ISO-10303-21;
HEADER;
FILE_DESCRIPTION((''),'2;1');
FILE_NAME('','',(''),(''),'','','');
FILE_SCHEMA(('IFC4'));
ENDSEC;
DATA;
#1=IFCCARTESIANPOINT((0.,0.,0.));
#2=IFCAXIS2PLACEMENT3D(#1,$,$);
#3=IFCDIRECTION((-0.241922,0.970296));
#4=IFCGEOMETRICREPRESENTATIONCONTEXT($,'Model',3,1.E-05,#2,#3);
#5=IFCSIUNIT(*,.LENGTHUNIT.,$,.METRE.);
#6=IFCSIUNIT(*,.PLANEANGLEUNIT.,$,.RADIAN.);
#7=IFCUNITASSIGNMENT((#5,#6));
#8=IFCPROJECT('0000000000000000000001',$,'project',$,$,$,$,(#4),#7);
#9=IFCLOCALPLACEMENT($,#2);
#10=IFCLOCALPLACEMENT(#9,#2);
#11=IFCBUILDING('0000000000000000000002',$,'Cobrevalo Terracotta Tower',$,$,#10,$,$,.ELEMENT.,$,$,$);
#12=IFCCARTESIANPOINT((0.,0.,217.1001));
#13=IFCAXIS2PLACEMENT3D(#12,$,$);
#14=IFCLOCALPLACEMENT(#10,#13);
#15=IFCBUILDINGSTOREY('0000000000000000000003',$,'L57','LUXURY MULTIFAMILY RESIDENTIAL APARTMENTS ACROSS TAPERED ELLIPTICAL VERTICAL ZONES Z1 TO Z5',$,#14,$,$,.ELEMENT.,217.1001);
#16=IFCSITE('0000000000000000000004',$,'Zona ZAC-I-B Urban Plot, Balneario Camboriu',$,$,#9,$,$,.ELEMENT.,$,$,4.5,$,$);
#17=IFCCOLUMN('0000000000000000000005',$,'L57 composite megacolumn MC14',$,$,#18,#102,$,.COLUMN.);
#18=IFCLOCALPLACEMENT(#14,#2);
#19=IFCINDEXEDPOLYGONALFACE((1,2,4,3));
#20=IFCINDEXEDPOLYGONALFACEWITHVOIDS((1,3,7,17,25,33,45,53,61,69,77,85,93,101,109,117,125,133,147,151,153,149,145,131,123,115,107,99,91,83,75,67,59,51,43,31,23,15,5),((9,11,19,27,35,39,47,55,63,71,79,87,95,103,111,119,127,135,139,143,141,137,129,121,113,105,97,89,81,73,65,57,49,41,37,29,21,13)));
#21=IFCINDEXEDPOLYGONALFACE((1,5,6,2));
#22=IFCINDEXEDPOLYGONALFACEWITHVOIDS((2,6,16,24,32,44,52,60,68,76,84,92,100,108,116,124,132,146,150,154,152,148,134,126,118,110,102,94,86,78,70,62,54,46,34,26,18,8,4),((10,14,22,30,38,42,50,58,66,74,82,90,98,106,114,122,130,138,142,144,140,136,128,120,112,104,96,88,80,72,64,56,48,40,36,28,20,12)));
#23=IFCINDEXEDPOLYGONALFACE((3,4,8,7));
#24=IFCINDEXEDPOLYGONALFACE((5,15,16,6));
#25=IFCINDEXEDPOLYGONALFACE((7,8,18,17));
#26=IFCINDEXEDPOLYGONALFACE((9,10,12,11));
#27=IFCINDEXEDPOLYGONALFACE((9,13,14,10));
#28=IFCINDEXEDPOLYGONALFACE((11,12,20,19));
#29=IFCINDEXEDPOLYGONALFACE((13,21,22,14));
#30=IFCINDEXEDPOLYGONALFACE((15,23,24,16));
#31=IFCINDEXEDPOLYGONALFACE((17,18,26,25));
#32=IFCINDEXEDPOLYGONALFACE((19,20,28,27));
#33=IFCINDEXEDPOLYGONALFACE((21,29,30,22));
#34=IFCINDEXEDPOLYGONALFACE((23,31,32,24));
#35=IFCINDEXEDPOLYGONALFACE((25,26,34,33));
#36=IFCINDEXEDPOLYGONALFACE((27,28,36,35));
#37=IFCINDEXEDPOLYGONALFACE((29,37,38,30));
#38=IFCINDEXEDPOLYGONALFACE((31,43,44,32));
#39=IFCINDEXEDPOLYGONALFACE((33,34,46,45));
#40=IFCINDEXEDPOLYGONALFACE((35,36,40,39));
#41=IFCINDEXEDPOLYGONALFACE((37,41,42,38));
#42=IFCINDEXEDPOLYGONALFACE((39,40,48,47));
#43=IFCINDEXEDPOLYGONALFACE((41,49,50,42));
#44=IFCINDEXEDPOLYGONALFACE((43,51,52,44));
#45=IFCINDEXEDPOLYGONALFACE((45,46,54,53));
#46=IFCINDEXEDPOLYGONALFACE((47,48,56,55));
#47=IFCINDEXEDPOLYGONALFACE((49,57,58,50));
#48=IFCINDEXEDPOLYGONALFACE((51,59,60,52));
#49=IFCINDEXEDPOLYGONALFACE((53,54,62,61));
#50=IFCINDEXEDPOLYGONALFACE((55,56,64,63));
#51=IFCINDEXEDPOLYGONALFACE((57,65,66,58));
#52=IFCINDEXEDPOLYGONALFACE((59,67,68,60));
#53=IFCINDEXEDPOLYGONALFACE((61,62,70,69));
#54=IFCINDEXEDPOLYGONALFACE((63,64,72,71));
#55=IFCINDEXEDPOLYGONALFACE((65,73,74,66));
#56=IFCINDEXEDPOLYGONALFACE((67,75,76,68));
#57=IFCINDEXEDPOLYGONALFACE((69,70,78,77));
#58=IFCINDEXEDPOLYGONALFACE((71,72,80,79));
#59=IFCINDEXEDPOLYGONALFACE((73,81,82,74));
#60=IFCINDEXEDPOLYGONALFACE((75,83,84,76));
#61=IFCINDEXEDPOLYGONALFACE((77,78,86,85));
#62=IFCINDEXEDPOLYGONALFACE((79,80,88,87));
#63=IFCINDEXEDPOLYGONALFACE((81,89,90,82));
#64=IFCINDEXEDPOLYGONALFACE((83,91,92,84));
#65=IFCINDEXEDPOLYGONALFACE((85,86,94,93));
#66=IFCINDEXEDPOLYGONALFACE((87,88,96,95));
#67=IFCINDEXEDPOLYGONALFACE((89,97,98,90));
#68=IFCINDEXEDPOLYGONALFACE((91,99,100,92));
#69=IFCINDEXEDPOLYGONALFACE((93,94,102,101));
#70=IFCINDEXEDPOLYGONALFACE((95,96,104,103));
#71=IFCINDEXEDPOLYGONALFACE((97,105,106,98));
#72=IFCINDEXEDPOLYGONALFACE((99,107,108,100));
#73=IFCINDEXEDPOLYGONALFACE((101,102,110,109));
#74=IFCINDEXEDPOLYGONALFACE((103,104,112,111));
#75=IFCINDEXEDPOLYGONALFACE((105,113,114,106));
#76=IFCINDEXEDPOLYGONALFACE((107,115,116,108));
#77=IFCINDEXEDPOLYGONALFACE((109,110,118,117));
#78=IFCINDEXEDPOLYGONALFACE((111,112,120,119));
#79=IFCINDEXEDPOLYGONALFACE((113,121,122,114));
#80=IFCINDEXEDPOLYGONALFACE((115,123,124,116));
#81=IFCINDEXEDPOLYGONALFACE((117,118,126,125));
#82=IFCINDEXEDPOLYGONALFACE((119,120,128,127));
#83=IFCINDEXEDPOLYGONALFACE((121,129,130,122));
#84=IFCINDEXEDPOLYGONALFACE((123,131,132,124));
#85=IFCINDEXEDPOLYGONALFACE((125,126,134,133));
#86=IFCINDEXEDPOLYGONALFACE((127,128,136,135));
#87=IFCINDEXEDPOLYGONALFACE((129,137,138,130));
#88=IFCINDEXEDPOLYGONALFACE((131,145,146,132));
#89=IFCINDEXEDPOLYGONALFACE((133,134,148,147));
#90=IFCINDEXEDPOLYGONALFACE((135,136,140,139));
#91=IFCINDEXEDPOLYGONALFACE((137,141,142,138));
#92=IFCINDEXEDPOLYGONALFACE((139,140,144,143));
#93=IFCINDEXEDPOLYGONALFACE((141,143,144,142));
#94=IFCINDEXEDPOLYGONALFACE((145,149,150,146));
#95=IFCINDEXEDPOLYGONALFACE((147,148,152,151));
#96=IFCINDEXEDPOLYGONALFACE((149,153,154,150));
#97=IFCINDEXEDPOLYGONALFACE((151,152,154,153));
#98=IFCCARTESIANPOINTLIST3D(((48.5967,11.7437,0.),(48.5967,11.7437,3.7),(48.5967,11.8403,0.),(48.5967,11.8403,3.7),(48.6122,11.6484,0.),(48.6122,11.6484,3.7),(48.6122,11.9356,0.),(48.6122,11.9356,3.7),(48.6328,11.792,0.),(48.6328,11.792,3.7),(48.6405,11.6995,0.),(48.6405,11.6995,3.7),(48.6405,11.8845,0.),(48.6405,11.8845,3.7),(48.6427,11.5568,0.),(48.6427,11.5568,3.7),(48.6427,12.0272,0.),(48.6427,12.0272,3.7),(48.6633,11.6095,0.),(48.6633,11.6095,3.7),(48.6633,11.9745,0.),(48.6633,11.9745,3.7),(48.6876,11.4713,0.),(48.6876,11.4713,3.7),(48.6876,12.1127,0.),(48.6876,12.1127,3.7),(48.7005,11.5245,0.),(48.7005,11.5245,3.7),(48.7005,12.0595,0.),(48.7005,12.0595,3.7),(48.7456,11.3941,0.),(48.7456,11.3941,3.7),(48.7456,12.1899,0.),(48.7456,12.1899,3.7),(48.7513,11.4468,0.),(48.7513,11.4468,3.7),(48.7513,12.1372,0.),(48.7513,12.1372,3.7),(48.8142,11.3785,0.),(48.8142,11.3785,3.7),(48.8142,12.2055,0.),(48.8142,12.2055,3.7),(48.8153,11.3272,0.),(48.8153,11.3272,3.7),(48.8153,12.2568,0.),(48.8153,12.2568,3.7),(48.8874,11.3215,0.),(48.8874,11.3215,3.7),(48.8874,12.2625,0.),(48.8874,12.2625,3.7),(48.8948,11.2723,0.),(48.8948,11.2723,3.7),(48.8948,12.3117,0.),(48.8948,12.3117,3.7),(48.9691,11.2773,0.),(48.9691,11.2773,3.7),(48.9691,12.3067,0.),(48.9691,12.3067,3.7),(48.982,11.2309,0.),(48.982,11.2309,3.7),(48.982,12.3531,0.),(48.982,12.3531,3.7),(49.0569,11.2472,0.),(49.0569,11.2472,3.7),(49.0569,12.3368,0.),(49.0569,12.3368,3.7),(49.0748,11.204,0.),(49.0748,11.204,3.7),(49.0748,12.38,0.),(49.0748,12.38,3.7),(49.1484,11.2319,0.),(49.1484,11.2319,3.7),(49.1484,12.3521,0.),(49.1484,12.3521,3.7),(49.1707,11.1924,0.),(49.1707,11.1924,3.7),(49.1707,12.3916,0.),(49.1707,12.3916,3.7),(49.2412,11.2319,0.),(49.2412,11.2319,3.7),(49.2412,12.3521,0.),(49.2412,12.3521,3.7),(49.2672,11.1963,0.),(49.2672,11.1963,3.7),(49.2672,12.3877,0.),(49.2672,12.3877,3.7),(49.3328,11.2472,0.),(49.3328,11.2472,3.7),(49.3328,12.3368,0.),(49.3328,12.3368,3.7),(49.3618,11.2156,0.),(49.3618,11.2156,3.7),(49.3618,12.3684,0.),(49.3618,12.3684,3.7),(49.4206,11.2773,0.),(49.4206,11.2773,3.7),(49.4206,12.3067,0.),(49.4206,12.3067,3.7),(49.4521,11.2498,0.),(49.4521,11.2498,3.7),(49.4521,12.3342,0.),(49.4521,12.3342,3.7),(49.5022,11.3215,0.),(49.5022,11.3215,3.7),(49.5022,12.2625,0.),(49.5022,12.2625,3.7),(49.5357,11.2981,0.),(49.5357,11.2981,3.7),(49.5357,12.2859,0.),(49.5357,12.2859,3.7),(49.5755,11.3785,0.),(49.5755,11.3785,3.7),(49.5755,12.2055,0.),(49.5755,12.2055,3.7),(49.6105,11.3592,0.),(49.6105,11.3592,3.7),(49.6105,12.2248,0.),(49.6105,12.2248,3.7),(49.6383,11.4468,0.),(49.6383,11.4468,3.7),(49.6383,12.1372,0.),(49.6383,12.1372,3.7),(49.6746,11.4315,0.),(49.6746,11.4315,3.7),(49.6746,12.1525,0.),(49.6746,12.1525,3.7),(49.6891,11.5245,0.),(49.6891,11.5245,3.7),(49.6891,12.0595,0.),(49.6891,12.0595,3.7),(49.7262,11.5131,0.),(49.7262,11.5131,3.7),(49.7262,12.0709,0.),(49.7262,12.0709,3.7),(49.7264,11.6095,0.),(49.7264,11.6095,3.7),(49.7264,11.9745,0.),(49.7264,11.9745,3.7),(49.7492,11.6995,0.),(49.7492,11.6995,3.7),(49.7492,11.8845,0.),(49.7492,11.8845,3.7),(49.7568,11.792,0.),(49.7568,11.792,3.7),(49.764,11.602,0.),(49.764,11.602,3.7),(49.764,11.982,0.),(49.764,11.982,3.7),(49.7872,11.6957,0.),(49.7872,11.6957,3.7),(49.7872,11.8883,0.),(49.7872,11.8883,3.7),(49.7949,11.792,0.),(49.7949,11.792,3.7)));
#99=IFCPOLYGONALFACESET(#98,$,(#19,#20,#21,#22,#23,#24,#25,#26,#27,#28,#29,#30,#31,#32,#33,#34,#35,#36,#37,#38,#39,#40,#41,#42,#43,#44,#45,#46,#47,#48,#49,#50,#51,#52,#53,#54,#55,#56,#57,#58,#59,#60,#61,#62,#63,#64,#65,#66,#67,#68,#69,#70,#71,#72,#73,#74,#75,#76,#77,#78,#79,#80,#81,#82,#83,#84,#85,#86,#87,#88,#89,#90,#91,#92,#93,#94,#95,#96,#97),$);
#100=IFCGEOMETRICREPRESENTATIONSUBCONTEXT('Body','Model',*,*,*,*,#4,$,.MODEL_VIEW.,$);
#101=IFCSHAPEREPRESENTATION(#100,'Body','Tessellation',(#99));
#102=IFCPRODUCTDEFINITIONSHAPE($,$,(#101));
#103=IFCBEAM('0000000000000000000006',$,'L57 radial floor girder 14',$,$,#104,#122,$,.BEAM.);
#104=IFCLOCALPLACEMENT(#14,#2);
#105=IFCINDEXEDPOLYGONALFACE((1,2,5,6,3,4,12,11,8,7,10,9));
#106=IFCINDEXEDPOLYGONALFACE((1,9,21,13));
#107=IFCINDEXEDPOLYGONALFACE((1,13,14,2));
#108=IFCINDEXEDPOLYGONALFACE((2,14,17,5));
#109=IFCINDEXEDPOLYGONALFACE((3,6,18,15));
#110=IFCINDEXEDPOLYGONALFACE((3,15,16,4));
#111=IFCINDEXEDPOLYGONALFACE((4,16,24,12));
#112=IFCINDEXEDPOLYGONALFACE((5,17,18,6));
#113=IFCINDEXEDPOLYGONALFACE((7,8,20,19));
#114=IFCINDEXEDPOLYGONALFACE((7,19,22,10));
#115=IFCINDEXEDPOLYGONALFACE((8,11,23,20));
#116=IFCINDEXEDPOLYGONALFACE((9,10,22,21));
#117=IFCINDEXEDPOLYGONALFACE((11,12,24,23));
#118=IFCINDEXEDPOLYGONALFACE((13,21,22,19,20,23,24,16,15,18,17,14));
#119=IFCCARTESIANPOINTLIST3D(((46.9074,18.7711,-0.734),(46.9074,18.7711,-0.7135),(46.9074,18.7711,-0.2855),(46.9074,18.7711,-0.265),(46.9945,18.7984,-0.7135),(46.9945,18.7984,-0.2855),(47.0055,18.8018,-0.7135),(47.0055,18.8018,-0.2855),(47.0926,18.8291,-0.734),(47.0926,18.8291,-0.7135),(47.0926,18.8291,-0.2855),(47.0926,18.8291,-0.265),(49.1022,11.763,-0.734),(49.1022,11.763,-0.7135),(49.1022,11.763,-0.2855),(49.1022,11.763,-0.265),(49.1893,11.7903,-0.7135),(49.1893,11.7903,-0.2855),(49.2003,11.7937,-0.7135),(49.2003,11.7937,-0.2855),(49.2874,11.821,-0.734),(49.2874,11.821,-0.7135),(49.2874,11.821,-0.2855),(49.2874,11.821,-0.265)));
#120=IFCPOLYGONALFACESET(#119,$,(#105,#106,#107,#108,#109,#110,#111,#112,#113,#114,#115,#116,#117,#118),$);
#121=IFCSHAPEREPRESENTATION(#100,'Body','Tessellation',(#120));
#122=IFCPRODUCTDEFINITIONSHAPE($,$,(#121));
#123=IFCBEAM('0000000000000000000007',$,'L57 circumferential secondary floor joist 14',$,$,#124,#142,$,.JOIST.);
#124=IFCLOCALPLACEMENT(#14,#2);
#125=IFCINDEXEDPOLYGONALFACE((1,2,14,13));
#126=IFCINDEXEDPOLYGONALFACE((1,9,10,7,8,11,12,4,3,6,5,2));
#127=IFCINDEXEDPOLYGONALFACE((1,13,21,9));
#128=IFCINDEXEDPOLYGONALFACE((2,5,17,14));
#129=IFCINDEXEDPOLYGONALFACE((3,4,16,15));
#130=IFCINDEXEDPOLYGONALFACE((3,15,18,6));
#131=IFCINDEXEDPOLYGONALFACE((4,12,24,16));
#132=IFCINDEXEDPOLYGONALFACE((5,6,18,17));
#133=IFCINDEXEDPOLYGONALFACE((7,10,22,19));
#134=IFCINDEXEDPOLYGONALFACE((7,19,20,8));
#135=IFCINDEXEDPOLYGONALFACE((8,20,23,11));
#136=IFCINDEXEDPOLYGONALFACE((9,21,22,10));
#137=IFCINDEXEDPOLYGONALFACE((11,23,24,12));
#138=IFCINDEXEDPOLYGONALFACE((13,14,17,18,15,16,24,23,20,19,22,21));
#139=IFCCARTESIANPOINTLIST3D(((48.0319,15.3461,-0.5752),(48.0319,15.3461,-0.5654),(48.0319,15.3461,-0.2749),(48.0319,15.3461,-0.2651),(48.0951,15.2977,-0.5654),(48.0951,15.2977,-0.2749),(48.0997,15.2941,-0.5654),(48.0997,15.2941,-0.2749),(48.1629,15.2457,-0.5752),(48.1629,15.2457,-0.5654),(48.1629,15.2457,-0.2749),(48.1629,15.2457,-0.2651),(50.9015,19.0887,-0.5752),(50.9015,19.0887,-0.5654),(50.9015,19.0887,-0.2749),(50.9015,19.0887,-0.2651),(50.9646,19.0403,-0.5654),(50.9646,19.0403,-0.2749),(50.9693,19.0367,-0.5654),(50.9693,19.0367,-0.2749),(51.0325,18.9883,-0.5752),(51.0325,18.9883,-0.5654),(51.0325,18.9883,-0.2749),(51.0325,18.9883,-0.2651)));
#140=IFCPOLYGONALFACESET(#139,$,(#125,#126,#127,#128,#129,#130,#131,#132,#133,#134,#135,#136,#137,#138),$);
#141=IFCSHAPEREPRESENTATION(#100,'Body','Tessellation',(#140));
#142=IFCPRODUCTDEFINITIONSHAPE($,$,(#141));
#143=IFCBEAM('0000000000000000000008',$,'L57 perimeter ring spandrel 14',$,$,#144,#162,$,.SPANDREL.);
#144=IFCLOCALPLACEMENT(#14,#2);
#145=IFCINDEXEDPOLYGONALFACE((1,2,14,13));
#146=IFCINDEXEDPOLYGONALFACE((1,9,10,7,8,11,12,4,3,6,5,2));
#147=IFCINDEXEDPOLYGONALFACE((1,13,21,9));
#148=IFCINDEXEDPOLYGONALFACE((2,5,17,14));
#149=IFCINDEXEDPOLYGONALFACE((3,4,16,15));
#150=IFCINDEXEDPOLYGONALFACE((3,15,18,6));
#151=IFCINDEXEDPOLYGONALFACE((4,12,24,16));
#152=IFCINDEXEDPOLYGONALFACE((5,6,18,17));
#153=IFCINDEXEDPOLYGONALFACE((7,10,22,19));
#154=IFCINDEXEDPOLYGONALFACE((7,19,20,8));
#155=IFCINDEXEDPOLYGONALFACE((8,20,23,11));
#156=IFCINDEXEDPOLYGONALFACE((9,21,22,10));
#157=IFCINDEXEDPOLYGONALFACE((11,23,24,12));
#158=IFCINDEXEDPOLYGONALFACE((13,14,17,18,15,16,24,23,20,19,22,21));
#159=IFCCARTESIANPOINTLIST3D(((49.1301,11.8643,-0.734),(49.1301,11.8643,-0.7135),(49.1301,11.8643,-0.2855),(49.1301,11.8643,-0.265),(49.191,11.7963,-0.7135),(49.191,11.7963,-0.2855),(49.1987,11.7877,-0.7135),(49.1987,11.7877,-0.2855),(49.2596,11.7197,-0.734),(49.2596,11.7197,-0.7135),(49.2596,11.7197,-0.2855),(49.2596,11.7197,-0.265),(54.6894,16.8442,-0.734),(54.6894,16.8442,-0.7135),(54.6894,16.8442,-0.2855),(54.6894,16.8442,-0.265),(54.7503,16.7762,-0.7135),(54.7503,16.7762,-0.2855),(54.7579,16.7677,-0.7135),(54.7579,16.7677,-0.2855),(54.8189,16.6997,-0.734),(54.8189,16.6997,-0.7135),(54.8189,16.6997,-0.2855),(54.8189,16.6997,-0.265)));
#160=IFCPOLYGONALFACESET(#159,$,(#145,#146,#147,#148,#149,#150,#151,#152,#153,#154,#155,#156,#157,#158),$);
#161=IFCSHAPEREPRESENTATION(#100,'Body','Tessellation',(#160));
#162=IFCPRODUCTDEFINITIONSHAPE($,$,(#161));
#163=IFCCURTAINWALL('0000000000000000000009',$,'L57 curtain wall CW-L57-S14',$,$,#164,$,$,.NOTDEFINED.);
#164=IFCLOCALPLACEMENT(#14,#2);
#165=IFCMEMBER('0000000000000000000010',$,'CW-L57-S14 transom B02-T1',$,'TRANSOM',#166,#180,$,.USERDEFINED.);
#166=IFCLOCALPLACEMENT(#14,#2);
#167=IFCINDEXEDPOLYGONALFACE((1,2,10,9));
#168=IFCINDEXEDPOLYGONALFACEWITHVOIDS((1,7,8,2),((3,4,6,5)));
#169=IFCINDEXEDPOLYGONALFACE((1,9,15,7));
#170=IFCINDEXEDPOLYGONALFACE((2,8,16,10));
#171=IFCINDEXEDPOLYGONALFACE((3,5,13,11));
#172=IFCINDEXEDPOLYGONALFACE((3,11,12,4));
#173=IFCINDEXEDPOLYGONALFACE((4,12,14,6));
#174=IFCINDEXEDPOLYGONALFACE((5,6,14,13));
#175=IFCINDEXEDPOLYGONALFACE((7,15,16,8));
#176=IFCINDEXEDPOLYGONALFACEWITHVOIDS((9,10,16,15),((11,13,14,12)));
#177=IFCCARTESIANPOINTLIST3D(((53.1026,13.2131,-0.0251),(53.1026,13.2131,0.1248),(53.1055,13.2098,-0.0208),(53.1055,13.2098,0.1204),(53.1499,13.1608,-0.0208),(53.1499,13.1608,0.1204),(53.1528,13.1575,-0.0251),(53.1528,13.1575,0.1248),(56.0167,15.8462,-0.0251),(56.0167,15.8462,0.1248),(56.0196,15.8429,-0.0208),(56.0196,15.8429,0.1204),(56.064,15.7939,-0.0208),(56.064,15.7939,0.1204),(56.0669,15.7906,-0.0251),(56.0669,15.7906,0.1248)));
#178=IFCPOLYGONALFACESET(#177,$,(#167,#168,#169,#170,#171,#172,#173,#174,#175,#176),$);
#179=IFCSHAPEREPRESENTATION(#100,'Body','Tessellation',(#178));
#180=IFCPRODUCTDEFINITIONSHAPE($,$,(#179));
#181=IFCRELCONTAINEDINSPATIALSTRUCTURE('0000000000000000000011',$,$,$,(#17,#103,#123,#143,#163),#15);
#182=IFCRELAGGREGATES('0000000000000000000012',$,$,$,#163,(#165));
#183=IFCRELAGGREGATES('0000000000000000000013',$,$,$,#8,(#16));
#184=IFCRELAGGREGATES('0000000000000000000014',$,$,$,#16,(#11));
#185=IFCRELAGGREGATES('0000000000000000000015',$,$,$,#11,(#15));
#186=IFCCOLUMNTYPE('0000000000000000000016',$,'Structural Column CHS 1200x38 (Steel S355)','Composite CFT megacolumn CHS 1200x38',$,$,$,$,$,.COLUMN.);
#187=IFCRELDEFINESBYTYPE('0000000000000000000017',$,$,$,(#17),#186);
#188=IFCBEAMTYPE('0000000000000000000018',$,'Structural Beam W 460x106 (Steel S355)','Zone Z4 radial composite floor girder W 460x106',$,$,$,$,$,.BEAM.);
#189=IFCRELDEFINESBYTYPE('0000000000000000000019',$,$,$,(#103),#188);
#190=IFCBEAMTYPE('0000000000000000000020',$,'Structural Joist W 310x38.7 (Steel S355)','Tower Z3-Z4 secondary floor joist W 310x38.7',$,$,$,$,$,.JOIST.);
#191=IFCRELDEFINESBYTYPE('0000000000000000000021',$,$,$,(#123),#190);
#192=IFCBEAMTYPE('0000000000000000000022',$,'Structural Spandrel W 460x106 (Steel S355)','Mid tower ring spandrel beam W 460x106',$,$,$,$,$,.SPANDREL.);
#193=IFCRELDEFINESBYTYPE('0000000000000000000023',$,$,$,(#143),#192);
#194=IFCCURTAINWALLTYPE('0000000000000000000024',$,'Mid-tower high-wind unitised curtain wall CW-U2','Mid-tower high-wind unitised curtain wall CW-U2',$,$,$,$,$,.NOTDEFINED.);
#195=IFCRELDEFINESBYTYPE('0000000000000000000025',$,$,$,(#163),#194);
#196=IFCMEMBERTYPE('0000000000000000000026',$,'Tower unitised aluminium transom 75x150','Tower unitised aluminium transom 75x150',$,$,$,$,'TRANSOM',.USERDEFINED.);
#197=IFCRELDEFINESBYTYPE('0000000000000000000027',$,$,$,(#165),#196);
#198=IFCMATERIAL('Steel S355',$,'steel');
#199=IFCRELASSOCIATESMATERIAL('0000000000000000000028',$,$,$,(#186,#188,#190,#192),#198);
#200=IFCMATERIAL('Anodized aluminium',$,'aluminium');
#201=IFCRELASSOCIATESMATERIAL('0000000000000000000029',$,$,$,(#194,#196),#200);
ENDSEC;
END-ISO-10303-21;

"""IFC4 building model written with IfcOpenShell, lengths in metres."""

from ifc_helpers import new_model, si_unit, direction, frame, origin, origin_2d, place, context, subcontext, project, spatial, hollow_rectangle, hollow_circle, i_section, extrude, source, transform, mapped, material, material_profile, profile_set, type_object, element, aggregate, save


model = new_model("IFC4")

# Units and contexts
model_context = context("Model", 3, precision=1e-05, world=origin(), true_north=direction((-0.241922, 0.970296)))
body_context = subcontext(model_context, "Body", "Model", "MODEL_VIEW")
ifc_project = project(units=[si_unit("LENGTHUNIT", "METRE"), si_unit("PLANEANGLEUNIT", "RADIAN")], contexts=[model_context])

# Site, building, storey
site_placement = place(None, origin())
site = spatial("IfcSite", under=ifc_project, at=site_placement, Name="Zona ZAC-I-B Urban Plot, Balneario Camboriu", CompositionType="ELEMENT", RefElevation=4.5)
building_placement = place(site_placement, origin())
building = spatial("IfcBuilding", under=site, at=building_placement, Name="Cobrevalo Terracotta Tower", CompositionType="ELEMENT")
storey_placement = place(building_placement, frame((0.0, 0.0, 217.1001)))
storey = spatial("IfcBuildingStorey", under=building, at=storey_placement, Name="L57", Description="LUXURY MULTIFAMILY RESIDENTIAL APARTMENTS ACROSS TAPERED ELLIPTICAL VERTICAL ZONES Z1 TO Z5", CompositionType="ELEMENT", Elevation=217.1001)

# Column
ifc_material_1 = material(Name="Steel S355", Category="steel")
ifc_material_profile_1 = material_profile(ifc_material_1, hollow_circle(Radius=0.6001, WallThickness=0.0381, at=origin_2d()), Name="CHS 1200x38")
ifc_profile_set_1 = profile_set([ifc_material_profile_1], Name="Steel S355")
column_type = type_object("IfcColumnType", Name="Structural Column CHS 1200x38 (Steel S355)", Description="Composite CFT megacolumn CHS 1200x38", PredefinedType="COLUMN", material=ifc_profile_set_1)
column_placement = place(storey_placement, frame((49.1948, 11.792, 0.0), z_axis=(0.0, 0.0, 1.0), x_axis=(1.0, 0.0, 0.0)))
element("IfcColumn", 1, at=column_placement, inside=storey, type_object=column_type, Name="L57 composite megacolumn MC14", PredefinedType="COLUMN", context=body_context, shape_type="SweptSolid", body=[
    extrude(hollow_circle(Radius=0.6001, WallThickness=0.0381, at=origin_2d()), origin(), (0.0, 0.0, 1.0), 3.7),
])

# Beams
ifc_material_profile_2 = material_profile(ifc_material_1, i_section(OverallWidth=0.1941, OverallDepth=0.469, WebThickness=0.0115, FlangeThickness=0.0205, at=origin_2d()), Name="W 460x106")
ifc_profile_set_2 = profile_set([ifc_material_profile_2], Name="Steel S355")
beam_type_1 = type_object("IfcBeamType", Name="Structural Beam W 460x106 (Steel S355)", Description="Zone Z4 radial composite floor girder W 460x106", PredefinedType="BEAM", material=ifc_profile_set_2)
beam_1_placement = place(storey_placement, frame((49.1948, 11.792, -0.4995), z_axis=(-0.298871, 0.954293, 0.0), x_axis=(-0.954293, -0.298871, 0.0)))
element("IfcBeam", 2, at=beam_1_placement, inside=storey, type_object=beam_type_1, Name="L57 radial floor girder 14", PredefinedType="BEAM", context=body_context, shape_type="SweptSolid", body=[
    extrude(i_section(OverallWidth=0.1941, OverallDepth=0.469, WebThickness=0.0115, FlangeThickness=0.0205, at=origin_2d()), origin(), (0.0, 0.0, 1.0), 7.3438),
])
ifc_material_profile_3 = material_profile(ifc_material_1, i_section(OverallWidth=0.165, OverallDepth=0.3101, WebThickness=0.0059, FlangeThickness=0.0098, at=origin_2d()), Name="W 310x38.7")
ifc_profile_set_3 = profile_set([ifc_material_profile_3], Name="Steel S355")
beam_type_2 = type_object("IfcBeamType", Name="Structural Joist W 310x38.7 (Steel S355)", Description="Tower Z3-Z4 secondary floor joist W 310x38.7", PredefinedType="JOIST", material=ifc_profile_set_3)
beam_2_placement = place(storey_placement, frame((48.0974, 15.2959, -0.4202), z_axis=(0.608464, 0.793581, 0.0), x_axis=(-0.793581, 0.608464, 0.0)))
element("IfcBeam", 3, at=beam_2_placement, inside=storey, type_object=beam_type_2, Name="L57 circumferential secondary floor joist 14", PredefinedType="JOIST", context=body_context, shape_type="SweptSolid", body=[
    extrude(i_section(OverallWidth=0.165, OverallDepth=0.3101, WebThickness=0.0059, FlangeThickness=0.0098, at=origin_2d()), origin(), (0.0, 0.0, 1.0), 4.7161),
])
ifc_material_profile_4 = material_profile(ifc_material_1, i_section(OverallWidth=0.1941, OverallDepth=0.469, WebThickness=0.0115, FlangeThickness=0.0205, at=origin_2d()), Name="W 460x106")
ifc_profile_set_4 = profile_set([ifc_material_profile_4], Name="Steel S355")
beam_type_3 = type_object("IfcBeamType", Name="Structural Spandrel W 460x106 (Steel S355)", Description="Mid tower ring spandrel beam W 460x106", PredefinedType="SPANDREL", material=ifc_profile_set_4)
beam_3_placement = place(storey_placement, frame((49.1948, 11.792, -0.4995), z_axis=(0.744852, 0.66723, 0.0), x_axis=(-0.66723, 0.744852, 0.0)))
element("IfcBeam", 4, at=beam_3_placement, inside=storey, type_object=beam_type_3, Name="L57 perimeter ring spandrel 14", PredefinedType="SPANDREL", context=body_context, shape_type="SweptSolid", body=[
    extrude(i_section(OverallWidth=0.1941, OverallDepth=0.469, WebThickness=0.0115, FlangeThickness=0.0205, at=origin_2d()), origin(), (0.0, 0.0, 1.0), 7.4636),
])

# Curtain wall, member
ifc_material_2 = material(Name="Anodized aluminium", Category="aluminium")
curtain_wall_type = type_object("IfcCurtainWallType", Name="Mid-tower high-wind unitised curtain wall CW-U2", Description="Mid-tower high-wind unitised curtain wall CW-U2", PredefinedType="NOTDEFINED", material=ifc_material_2)
curtain_wall_1_placement = place(storey_placement, origin())
curtain_wall_1 = element("IfcCurtainWall", 5, at=curtain_wall_1_placement, inside=storey, type_object=curtain_wall_type, Name="L57 curtain wall CW-L57-S14", PredefinedType="NOTDEFINED")
ifc_material_profile_5 = material_profile(ifc_material_2, hollow_rectangle(XDim=0.075, YDim=0.1499, WallThickness=0.0044, at=origin_2d()), Name="CWT 75x150")
ifc_profile_set_5 = profile_set([ifc_material_profile_5], Name="Anodized aluminium")
member_type_1 = type_object("IfcMemberType", Name="Tower unitised aluminium transom 75x150", Description="Tower unitised aluminium transom 75x150", ElementType="TRANSOM", PredefinedType="USERDEFINED", material=ifc_profile_set_5)
shared_shape_1 = source(origin(), body_context, "Body", "SweptSolid", [
    extrude(hollow_rectangle(XDim=0.075, YDim=0.1499, WallThickness=0.0044, at=origin_2d()), origin(), (0.0, 0.0, 1.0), 3.9275),
])
member_1_placement = place(storey_placement, frame((53.1277, 13.1853, 0.0498), z_axis=(0.741976, 0.670426, 0.0), x_axis=(-0.670426, 0.741976, 0.0)))
member_1 = element("IfcMember", 6, at=member_1_placement, type_object=member_type_1, Name="CW-L57-S14 transom B02-T1", ObjectType="TRANSOM", PredefinedType="USERDEFINED", context=body_context, shape_type="MappedRepresentation", body=[
    mapped(shared_shape_1, transform((0.0, 0.0, 0.0), scale=1.0)),
])

aggregate(curtain_wall_1, [member_1])

save(model, "model.ifc")
